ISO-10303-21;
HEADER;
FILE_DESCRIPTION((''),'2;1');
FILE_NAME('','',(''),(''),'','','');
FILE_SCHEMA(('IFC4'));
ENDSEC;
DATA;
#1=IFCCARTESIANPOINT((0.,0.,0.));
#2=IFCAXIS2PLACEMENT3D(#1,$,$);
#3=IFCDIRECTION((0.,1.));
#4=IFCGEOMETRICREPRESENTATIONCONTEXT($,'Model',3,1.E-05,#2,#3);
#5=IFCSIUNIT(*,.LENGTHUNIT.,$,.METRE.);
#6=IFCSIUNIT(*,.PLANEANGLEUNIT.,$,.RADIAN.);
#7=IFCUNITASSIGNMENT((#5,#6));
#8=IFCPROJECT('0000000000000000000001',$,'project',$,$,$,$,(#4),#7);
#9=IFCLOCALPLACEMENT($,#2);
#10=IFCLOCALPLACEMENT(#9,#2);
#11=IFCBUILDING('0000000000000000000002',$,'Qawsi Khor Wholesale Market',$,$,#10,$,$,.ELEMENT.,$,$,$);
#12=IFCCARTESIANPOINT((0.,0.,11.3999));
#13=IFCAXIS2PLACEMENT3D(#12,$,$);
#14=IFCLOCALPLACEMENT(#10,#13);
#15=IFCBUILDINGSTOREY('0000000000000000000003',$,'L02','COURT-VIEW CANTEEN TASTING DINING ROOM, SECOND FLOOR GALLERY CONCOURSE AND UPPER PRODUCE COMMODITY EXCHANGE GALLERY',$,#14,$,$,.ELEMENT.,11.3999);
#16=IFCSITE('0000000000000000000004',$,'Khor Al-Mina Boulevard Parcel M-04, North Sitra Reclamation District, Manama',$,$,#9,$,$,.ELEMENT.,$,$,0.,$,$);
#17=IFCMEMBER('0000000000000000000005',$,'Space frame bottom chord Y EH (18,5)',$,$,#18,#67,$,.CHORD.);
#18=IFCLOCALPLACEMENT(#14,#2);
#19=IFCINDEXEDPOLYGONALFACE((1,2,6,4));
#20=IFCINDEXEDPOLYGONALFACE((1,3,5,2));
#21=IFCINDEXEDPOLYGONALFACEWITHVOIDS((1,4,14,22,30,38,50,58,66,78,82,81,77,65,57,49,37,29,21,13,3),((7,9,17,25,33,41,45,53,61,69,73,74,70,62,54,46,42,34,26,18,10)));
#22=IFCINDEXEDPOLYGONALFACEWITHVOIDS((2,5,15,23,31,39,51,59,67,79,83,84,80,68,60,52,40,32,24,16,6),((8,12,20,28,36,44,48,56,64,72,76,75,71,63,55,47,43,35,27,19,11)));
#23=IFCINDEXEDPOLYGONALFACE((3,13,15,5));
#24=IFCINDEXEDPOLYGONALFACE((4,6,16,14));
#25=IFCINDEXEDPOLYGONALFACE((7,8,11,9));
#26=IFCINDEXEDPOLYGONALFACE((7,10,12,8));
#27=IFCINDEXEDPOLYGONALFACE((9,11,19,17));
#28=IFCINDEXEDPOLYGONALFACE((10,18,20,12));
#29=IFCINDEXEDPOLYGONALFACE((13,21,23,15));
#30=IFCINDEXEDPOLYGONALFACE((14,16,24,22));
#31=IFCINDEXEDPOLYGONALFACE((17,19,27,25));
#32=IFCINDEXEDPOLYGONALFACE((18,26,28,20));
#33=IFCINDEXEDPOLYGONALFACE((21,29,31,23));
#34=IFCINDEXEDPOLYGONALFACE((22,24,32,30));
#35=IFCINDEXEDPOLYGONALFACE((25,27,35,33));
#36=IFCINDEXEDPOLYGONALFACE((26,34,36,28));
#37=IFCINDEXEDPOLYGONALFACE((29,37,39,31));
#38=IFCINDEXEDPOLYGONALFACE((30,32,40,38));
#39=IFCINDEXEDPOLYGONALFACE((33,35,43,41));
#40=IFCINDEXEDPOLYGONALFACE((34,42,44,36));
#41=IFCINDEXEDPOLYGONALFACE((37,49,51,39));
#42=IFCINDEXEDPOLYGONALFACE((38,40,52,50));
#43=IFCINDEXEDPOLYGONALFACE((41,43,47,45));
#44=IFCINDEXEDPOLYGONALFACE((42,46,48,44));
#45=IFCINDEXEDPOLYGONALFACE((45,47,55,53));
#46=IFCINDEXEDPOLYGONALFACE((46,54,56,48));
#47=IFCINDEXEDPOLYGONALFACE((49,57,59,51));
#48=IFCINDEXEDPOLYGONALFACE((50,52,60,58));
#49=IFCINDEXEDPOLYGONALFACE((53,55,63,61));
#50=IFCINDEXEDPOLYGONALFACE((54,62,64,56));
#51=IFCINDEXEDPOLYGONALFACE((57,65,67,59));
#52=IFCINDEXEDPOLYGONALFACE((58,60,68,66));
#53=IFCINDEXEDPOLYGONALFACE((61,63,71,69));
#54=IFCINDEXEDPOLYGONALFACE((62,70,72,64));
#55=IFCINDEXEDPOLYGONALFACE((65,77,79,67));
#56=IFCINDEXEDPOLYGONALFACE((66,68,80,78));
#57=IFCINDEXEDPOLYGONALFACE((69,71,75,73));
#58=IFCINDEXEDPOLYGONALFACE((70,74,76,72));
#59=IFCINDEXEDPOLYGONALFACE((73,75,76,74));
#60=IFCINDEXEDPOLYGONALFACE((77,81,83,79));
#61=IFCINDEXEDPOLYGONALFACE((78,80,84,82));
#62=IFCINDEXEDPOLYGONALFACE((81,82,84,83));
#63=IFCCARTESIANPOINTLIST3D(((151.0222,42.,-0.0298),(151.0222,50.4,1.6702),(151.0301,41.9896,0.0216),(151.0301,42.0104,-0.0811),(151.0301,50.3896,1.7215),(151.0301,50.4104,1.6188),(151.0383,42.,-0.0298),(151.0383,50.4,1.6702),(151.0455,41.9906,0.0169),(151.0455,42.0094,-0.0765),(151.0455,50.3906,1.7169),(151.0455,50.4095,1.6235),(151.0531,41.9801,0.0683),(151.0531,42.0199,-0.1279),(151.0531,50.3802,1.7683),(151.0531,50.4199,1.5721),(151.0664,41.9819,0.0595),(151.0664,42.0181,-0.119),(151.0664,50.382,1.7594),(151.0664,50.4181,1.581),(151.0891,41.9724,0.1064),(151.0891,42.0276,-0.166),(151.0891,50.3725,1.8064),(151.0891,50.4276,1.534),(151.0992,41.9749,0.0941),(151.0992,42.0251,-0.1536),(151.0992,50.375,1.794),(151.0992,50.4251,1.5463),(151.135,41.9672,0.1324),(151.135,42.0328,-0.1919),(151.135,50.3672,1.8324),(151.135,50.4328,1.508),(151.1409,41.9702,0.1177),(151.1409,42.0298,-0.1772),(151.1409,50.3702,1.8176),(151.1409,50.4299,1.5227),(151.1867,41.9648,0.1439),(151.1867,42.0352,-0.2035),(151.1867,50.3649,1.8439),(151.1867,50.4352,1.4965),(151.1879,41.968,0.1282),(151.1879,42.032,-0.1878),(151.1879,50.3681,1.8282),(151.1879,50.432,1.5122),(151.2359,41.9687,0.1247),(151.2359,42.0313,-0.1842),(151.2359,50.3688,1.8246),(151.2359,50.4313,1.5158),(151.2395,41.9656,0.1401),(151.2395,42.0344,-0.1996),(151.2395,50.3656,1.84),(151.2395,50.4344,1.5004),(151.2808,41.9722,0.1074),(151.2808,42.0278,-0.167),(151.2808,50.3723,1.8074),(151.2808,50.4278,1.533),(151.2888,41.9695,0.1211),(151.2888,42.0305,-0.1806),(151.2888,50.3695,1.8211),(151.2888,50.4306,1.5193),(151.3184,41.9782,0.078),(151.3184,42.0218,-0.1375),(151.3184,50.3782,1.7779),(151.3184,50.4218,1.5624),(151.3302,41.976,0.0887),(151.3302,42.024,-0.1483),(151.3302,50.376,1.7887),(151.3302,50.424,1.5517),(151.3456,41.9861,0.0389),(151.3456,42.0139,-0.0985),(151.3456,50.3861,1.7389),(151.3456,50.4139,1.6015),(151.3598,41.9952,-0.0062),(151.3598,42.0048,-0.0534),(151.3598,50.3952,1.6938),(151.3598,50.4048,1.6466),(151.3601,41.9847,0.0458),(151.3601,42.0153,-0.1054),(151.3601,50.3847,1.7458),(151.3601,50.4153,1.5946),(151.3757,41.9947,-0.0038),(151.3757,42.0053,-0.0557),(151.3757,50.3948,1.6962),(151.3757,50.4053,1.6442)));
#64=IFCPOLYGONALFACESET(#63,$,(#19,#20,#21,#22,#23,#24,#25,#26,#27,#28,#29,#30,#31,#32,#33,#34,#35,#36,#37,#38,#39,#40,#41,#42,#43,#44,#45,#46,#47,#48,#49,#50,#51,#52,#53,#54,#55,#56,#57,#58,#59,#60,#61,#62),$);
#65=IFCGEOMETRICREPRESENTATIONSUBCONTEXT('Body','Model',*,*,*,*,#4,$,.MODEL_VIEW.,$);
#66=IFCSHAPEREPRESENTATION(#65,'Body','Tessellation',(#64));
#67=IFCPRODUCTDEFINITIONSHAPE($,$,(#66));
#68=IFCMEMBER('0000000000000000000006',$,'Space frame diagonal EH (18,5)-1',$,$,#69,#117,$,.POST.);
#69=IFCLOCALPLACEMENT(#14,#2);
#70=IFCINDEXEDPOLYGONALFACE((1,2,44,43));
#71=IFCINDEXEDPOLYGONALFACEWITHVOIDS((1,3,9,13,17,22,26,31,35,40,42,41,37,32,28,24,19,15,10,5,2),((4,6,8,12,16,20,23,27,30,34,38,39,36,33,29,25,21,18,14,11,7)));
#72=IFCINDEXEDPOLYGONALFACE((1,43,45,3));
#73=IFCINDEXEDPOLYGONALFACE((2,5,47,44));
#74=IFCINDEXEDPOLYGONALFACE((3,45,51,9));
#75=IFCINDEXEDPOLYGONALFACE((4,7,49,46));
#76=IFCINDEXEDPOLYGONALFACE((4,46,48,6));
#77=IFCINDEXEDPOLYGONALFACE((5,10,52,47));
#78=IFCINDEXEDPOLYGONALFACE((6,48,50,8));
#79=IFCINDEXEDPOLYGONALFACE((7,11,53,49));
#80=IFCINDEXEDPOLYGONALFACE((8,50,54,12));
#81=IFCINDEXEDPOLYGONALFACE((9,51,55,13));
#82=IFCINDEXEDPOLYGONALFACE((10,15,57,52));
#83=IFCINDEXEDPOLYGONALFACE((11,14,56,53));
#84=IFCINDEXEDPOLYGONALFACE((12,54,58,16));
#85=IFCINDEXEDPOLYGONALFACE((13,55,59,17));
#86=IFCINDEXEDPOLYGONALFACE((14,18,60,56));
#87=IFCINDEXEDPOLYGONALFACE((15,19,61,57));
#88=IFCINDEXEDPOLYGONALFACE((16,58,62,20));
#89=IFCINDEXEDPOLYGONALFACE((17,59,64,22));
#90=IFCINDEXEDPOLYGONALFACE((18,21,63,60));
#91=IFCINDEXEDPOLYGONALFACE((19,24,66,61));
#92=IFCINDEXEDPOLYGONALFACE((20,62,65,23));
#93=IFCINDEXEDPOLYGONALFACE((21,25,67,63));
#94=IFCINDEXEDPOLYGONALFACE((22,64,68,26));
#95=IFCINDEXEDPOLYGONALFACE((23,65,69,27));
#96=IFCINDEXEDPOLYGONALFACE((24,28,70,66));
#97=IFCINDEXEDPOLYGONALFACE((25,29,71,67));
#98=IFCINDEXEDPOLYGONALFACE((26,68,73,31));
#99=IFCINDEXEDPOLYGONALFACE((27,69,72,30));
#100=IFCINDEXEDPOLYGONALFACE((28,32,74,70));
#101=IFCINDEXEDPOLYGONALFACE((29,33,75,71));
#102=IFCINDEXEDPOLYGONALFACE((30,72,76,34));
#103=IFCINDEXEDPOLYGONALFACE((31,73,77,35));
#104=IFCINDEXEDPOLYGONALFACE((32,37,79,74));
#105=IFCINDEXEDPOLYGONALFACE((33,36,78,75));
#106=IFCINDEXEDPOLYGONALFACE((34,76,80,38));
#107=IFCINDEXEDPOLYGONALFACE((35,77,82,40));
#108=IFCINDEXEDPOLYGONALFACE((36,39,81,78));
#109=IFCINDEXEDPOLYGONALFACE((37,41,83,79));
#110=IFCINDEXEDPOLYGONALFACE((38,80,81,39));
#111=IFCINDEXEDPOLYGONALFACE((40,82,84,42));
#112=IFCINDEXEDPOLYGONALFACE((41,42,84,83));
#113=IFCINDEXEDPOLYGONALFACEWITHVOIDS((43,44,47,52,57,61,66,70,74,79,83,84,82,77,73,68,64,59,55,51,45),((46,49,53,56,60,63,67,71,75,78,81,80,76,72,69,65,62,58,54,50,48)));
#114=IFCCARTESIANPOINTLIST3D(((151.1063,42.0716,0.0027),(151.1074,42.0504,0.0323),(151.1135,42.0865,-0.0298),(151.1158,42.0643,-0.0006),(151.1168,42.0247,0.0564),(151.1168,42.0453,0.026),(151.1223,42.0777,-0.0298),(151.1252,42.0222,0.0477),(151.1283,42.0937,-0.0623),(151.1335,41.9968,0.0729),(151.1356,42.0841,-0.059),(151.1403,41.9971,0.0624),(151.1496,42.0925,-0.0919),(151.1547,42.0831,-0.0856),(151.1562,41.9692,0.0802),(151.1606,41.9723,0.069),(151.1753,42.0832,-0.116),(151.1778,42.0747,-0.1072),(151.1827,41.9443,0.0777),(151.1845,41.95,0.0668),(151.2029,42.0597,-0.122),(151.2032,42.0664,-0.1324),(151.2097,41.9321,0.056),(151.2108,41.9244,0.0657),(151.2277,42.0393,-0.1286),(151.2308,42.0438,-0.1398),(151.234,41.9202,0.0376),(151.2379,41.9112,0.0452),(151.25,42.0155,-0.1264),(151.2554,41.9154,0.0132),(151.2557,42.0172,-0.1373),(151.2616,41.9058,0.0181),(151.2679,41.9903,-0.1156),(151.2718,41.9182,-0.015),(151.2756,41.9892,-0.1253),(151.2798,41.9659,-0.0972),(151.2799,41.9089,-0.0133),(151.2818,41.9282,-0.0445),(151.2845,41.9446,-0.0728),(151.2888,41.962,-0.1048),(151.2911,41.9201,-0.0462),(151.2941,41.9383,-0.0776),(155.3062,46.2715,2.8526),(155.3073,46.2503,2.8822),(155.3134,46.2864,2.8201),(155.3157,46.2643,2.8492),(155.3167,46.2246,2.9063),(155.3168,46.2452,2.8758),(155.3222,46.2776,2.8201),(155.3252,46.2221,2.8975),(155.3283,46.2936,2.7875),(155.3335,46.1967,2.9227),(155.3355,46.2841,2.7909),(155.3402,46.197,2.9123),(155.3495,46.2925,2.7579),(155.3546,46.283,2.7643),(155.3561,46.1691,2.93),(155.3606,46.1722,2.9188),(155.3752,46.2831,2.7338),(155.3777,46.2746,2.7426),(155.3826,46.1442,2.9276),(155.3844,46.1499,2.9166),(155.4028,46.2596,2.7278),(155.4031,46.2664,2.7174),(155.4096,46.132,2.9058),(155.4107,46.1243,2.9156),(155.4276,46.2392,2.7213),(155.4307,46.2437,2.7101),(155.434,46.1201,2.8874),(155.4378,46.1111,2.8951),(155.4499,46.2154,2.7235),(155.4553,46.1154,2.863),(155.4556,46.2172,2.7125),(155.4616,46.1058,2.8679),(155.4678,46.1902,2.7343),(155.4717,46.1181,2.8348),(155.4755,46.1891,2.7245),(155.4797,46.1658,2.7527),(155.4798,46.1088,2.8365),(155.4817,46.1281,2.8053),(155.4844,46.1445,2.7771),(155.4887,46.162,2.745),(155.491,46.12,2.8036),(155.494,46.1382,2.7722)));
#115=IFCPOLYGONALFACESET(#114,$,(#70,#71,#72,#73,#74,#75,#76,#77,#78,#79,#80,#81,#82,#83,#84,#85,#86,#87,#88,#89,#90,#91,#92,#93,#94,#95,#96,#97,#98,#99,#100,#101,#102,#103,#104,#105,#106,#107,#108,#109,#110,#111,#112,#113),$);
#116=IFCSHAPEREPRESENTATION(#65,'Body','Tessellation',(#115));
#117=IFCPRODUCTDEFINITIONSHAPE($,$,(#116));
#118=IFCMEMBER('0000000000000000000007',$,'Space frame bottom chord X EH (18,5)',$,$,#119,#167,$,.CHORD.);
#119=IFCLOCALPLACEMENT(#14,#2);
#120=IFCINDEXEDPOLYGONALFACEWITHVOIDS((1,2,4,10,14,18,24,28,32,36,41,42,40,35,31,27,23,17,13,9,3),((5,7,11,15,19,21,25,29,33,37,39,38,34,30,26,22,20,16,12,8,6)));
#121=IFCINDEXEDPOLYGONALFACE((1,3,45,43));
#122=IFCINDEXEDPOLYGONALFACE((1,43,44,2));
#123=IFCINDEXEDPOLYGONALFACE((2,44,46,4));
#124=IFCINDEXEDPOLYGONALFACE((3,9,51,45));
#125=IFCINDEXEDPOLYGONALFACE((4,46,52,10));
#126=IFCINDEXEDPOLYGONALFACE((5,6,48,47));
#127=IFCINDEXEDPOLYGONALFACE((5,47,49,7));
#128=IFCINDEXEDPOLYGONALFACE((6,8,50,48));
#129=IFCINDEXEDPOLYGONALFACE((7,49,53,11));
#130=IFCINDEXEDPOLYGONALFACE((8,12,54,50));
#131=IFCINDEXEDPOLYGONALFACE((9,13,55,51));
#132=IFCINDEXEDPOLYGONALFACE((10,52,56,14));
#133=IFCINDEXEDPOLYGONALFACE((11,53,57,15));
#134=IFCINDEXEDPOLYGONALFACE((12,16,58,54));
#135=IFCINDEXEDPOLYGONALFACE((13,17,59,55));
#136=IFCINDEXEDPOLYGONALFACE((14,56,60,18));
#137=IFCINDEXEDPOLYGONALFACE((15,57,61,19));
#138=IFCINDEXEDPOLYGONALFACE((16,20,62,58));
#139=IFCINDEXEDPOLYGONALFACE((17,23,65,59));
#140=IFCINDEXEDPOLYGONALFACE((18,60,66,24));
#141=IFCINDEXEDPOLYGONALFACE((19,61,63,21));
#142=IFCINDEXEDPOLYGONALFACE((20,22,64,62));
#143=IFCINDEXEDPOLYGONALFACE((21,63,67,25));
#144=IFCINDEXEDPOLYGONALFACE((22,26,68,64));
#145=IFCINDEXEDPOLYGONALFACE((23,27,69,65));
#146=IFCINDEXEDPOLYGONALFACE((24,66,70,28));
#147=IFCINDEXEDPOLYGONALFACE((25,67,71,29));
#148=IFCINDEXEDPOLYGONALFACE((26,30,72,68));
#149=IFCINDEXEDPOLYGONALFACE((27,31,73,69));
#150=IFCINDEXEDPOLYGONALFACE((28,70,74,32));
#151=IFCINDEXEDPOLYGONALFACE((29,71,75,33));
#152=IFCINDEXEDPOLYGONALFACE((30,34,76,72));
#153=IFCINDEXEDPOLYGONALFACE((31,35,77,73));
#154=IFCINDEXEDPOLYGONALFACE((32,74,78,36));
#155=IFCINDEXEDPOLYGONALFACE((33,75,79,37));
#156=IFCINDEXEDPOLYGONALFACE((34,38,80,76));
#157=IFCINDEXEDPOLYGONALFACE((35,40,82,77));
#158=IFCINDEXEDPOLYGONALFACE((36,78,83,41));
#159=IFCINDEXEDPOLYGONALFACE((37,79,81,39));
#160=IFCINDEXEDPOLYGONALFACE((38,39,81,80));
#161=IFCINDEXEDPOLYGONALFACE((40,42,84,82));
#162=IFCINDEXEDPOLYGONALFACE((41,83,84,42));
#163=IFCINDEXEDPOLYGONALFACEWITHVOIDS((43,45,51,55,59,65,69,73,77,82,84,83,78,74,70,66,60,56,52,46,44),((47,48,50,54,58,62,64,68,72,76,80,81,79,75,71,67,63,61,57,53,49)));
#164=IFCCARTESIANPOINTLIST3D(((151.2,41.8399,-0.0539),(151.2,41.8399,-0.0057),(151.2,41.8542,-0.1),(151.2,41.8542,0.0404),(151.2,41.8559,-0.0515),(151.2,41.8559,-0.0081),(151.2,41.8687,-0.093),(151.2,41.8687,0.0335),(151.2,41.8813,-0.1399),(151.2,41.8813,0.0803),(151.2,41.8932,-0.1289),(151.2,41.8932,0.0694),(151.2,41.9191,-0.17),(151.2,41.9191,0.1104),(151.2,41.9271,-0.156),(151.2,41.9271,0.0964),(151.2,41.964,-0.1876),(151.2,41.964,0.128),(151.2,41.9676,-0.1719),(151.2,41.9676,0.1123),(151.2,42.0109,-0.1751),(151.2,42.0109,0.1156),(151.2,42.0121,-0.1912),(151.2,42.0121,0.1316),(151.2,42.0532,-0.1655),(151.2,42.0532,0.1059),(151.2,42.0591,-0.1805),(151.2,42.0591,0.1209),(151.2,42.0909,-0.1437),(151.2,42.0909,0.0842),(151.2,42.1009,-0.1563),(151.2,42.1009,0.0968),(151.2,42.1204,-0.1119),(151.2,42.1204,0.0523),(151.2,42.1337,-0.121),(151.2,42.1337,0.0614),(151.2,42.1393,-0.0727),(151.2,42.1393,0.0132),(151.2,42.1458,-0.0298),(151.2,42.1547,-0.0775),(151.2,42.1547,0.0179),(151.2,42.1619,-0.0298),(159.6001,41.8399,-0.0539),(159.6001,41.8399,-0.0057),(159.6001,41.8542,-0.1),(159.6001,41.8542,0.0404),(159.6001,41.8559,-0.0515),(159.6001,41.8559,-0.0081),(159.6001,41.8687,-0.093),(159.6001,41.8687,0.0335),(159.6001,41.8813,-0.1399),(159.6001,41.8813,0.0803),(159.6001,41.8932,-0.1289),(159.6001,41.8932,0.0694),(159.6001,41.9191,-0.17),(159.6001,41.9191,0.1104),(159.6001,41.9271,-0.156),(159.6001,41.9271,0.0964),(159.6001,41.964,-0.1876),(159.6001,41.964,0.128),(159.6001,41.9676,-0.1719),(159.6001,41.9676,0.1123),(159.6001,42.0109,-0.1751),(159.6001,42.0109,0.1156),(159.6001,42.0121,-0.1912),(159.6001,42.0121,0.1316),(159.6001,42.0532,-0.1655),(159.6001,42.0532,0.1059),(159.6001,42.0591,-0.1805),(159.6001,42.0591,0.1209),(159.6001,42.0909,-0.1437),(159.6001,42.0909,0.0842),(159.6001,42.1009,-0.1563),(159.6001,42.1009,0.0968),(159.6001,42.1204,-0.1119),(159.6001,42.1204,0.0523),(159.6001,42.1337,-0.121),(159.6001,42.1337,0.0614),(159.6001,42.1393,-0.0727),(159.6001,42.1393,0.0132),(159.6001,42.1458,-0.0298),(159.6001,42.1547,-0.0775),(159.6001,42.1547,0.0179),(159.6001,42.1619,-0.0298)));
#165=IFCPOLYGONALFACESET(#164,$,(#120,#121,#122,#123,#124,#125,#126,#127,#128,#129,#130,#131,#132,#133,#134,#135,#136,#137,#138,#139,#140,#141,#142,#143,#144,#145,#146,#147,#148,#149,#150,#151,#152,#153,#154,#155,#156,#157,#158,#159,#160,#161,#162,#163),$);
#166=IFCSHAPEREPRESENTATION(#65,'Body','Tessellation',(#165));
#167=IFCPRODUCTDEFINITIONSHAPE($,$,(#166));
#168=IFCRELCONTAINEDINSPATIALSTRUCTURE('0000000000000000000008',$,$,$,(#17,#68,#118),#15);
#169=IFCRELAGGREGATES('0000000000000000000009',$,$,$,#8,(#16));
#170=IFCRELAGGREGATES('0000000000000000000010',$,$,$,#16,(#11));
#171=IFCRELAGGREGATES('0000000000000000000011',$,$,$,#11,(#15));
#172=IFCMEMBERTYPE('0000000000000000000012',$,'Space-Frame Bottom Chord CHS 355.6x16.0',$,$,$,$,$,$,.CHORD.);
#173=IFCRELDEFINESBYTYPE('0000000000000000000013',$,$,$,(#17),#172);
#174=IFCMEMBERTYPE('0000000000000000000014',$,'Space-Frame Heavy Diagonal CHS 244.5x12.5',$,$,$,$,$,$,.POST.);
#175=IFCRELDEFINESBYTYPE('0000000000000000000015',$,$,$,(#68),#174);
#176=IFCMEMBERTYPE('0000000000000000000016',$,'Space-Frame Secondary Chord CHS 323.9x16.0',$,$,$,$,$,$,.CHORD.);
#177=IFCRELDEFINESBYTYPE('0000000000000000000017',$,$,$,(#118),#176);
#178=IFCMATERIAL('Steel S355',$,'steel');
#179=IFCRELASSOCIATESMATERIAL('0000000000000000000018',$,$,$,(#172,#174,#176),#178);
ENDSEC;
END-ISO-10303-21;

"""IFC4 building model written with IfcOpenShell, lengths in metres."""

from ifc_helpers import new_model, si_unit, direction, frame, origin, origin_2d, place, context, subcontext, project, spatial, hollow_circle, extrude, material, material_profile, profile_set, type_object, element, save


model = new_model("IFC4")

# Units and contexts
model_context = context("Model", 3, precision=1e-05, world=origin(), true_north=direction((0.0, 1.0)))
body_context = subcontext(model_context, "Body", "Model", "MODEL_VIEW")
ifc_project = project(units=[si_unit("LENGTHUNIT", "METRE"), si_unit("PLANEANGLEUNIT", "RADIAN")], contexts=[model_context])

# Site, building, storey
site_placement = place(None, origin())
site = spatial("IfcSite", under=ifc_project, at=site_placement, Name="Khor Al-Mina Boulevard Parcel M-04, North Sitra Reclamation District, Manama", CompositionType="ELEMENT", RefElevation=0.0)
building_placement = place(site_placement, origin())
building = spatial("IfcBuilding", under=site, at=building_placement, Name="Qawsi Khor Wholesale Market", CompositionType="ELEMENT")
storey_placement = place(building_placement, frame((0.0, 0.0, 11.3999)))
storey = spatial("IfcBuildingStorey", under=building, at=storey_placement, Name="L02", Description="COURT-VIEW CANTEEN TASTING DINING ROOM, SECOND FLOOR GALLERY CONCOURSE AND UPPER PRODUCE COMMODITY EXCHANGE GALLERY", CompositionType="ELEMENT", Elevation=11.3999)

# Members
ifc_material_1 = material(Name="Steel S355", Category="steel")
ifc_material_profile_1 = material_profile(ifc_material_1, hollow_circle(Radius=0.1777, WallThickness=0.0161, at=origin_2d()), Name="CHS 355.6x16.0")
ifc_profile_set_1 = profile_set([ifc_material_profile_1], Name="Steel S355")
member_type_1 = type_object("IfcMemberType", Name="Space-Frame Bottom Chord CHS 355.6x16.0", PredefinedType="CHORD", material=ifc_profile_set_1)
member_1_placement = place(storey_placement, frame((151.2, 42.0, -0.0298), z_axis=(0.0, 0.98013, 0.198356), x_axis=(-1.0, 0.0, 0.0)))
element("IfcMember", 1, at=member_1_placement, inside=storey, type_object=member_type_1, Name="Space frame bottom chord Y EH (18,5)", PredefinedType="CHORD", context=body_context, shape_type="SweptSolid", body=[
    extrude(hollow_circle(Radius=0.1777, WallThickness=0.0161, at=origin_2d()), origin(), (0.0, 0.0, 1.0), 8.5703),
])
ifc_material_profile_2 = material_profile(ifc_material_1, hollow_circle(Radius=0.1223, WallThickness=0.0125, at=origin_2d()), Name="CHS 244.5x12.5")
ifc_profile_set_2 = profile_set([ifc_material_profile_2], Name="Steel S355")
member_type_2 = type_object("IfcMemberType", Name="Space-Frame Heavy Diagonal CHS 244.5x12.5", PredefinedType="POST", material=ifc_profile_set_2)
member_2_placement = place(storey_placement, frame((151.2, 42.0, -0.0298), z_axis=(0.637522, 0.637522, 0.432587), x_axis=(-0.707107, 0.707107, 0.0)))
element("IfcMember", 2, at=member_2_placement, inside=storey, type_object=member_type_2, Name="Space frame diagonal EH (18,5)-1", PredefinedType="POST", context=body_context, shape_type="SweptSolid", body=[
    extrude(hollow_circle(Radius=0.1223, WallThickness=0.0125, at=origin_2d()), origin(), (0.0, 0.0, 1.0), 6.5879),
])
ifc_material_profile_3 = material_profile(ifc_material_1, hollow_circle(Radius=0.1619, WallThickness=0.0161, at=origin_2d()), Name="CHS 323.9x16.0")
ifc_profile_set_3 = profile_set([ifc_material_profile_3], Name="Steel S355")
member_type_3 = type_object("IfcMemberType", Name="Space-Frame Secondary Chord CHS 323.9x16.0", PredefinedType="CHORD", material=ifc_profile_set_3)
member_3_placement = place(storey_placement, frame((151.2, 42.0, -0.0298), z_axis=(1.0, 0.0, 0.0), x_axis=(0.0, 1.0, 0.0)))
element("IfcMember", 3, at=member_3_placement, inside=storey, type_object=member_type_3, Name="Space frame bottom chord X EH (18,5)", PredefinedType="CHORD", context=body_context, shape_type="SweptSolid", body=[
    extrude(hollow_circle(Radius=0.1619, WallThickness=0.0161, at=origin_2d()), origin(), (0.0, 0.0, 1.0), 8.4001),
])

save(model, "model.ifc")
